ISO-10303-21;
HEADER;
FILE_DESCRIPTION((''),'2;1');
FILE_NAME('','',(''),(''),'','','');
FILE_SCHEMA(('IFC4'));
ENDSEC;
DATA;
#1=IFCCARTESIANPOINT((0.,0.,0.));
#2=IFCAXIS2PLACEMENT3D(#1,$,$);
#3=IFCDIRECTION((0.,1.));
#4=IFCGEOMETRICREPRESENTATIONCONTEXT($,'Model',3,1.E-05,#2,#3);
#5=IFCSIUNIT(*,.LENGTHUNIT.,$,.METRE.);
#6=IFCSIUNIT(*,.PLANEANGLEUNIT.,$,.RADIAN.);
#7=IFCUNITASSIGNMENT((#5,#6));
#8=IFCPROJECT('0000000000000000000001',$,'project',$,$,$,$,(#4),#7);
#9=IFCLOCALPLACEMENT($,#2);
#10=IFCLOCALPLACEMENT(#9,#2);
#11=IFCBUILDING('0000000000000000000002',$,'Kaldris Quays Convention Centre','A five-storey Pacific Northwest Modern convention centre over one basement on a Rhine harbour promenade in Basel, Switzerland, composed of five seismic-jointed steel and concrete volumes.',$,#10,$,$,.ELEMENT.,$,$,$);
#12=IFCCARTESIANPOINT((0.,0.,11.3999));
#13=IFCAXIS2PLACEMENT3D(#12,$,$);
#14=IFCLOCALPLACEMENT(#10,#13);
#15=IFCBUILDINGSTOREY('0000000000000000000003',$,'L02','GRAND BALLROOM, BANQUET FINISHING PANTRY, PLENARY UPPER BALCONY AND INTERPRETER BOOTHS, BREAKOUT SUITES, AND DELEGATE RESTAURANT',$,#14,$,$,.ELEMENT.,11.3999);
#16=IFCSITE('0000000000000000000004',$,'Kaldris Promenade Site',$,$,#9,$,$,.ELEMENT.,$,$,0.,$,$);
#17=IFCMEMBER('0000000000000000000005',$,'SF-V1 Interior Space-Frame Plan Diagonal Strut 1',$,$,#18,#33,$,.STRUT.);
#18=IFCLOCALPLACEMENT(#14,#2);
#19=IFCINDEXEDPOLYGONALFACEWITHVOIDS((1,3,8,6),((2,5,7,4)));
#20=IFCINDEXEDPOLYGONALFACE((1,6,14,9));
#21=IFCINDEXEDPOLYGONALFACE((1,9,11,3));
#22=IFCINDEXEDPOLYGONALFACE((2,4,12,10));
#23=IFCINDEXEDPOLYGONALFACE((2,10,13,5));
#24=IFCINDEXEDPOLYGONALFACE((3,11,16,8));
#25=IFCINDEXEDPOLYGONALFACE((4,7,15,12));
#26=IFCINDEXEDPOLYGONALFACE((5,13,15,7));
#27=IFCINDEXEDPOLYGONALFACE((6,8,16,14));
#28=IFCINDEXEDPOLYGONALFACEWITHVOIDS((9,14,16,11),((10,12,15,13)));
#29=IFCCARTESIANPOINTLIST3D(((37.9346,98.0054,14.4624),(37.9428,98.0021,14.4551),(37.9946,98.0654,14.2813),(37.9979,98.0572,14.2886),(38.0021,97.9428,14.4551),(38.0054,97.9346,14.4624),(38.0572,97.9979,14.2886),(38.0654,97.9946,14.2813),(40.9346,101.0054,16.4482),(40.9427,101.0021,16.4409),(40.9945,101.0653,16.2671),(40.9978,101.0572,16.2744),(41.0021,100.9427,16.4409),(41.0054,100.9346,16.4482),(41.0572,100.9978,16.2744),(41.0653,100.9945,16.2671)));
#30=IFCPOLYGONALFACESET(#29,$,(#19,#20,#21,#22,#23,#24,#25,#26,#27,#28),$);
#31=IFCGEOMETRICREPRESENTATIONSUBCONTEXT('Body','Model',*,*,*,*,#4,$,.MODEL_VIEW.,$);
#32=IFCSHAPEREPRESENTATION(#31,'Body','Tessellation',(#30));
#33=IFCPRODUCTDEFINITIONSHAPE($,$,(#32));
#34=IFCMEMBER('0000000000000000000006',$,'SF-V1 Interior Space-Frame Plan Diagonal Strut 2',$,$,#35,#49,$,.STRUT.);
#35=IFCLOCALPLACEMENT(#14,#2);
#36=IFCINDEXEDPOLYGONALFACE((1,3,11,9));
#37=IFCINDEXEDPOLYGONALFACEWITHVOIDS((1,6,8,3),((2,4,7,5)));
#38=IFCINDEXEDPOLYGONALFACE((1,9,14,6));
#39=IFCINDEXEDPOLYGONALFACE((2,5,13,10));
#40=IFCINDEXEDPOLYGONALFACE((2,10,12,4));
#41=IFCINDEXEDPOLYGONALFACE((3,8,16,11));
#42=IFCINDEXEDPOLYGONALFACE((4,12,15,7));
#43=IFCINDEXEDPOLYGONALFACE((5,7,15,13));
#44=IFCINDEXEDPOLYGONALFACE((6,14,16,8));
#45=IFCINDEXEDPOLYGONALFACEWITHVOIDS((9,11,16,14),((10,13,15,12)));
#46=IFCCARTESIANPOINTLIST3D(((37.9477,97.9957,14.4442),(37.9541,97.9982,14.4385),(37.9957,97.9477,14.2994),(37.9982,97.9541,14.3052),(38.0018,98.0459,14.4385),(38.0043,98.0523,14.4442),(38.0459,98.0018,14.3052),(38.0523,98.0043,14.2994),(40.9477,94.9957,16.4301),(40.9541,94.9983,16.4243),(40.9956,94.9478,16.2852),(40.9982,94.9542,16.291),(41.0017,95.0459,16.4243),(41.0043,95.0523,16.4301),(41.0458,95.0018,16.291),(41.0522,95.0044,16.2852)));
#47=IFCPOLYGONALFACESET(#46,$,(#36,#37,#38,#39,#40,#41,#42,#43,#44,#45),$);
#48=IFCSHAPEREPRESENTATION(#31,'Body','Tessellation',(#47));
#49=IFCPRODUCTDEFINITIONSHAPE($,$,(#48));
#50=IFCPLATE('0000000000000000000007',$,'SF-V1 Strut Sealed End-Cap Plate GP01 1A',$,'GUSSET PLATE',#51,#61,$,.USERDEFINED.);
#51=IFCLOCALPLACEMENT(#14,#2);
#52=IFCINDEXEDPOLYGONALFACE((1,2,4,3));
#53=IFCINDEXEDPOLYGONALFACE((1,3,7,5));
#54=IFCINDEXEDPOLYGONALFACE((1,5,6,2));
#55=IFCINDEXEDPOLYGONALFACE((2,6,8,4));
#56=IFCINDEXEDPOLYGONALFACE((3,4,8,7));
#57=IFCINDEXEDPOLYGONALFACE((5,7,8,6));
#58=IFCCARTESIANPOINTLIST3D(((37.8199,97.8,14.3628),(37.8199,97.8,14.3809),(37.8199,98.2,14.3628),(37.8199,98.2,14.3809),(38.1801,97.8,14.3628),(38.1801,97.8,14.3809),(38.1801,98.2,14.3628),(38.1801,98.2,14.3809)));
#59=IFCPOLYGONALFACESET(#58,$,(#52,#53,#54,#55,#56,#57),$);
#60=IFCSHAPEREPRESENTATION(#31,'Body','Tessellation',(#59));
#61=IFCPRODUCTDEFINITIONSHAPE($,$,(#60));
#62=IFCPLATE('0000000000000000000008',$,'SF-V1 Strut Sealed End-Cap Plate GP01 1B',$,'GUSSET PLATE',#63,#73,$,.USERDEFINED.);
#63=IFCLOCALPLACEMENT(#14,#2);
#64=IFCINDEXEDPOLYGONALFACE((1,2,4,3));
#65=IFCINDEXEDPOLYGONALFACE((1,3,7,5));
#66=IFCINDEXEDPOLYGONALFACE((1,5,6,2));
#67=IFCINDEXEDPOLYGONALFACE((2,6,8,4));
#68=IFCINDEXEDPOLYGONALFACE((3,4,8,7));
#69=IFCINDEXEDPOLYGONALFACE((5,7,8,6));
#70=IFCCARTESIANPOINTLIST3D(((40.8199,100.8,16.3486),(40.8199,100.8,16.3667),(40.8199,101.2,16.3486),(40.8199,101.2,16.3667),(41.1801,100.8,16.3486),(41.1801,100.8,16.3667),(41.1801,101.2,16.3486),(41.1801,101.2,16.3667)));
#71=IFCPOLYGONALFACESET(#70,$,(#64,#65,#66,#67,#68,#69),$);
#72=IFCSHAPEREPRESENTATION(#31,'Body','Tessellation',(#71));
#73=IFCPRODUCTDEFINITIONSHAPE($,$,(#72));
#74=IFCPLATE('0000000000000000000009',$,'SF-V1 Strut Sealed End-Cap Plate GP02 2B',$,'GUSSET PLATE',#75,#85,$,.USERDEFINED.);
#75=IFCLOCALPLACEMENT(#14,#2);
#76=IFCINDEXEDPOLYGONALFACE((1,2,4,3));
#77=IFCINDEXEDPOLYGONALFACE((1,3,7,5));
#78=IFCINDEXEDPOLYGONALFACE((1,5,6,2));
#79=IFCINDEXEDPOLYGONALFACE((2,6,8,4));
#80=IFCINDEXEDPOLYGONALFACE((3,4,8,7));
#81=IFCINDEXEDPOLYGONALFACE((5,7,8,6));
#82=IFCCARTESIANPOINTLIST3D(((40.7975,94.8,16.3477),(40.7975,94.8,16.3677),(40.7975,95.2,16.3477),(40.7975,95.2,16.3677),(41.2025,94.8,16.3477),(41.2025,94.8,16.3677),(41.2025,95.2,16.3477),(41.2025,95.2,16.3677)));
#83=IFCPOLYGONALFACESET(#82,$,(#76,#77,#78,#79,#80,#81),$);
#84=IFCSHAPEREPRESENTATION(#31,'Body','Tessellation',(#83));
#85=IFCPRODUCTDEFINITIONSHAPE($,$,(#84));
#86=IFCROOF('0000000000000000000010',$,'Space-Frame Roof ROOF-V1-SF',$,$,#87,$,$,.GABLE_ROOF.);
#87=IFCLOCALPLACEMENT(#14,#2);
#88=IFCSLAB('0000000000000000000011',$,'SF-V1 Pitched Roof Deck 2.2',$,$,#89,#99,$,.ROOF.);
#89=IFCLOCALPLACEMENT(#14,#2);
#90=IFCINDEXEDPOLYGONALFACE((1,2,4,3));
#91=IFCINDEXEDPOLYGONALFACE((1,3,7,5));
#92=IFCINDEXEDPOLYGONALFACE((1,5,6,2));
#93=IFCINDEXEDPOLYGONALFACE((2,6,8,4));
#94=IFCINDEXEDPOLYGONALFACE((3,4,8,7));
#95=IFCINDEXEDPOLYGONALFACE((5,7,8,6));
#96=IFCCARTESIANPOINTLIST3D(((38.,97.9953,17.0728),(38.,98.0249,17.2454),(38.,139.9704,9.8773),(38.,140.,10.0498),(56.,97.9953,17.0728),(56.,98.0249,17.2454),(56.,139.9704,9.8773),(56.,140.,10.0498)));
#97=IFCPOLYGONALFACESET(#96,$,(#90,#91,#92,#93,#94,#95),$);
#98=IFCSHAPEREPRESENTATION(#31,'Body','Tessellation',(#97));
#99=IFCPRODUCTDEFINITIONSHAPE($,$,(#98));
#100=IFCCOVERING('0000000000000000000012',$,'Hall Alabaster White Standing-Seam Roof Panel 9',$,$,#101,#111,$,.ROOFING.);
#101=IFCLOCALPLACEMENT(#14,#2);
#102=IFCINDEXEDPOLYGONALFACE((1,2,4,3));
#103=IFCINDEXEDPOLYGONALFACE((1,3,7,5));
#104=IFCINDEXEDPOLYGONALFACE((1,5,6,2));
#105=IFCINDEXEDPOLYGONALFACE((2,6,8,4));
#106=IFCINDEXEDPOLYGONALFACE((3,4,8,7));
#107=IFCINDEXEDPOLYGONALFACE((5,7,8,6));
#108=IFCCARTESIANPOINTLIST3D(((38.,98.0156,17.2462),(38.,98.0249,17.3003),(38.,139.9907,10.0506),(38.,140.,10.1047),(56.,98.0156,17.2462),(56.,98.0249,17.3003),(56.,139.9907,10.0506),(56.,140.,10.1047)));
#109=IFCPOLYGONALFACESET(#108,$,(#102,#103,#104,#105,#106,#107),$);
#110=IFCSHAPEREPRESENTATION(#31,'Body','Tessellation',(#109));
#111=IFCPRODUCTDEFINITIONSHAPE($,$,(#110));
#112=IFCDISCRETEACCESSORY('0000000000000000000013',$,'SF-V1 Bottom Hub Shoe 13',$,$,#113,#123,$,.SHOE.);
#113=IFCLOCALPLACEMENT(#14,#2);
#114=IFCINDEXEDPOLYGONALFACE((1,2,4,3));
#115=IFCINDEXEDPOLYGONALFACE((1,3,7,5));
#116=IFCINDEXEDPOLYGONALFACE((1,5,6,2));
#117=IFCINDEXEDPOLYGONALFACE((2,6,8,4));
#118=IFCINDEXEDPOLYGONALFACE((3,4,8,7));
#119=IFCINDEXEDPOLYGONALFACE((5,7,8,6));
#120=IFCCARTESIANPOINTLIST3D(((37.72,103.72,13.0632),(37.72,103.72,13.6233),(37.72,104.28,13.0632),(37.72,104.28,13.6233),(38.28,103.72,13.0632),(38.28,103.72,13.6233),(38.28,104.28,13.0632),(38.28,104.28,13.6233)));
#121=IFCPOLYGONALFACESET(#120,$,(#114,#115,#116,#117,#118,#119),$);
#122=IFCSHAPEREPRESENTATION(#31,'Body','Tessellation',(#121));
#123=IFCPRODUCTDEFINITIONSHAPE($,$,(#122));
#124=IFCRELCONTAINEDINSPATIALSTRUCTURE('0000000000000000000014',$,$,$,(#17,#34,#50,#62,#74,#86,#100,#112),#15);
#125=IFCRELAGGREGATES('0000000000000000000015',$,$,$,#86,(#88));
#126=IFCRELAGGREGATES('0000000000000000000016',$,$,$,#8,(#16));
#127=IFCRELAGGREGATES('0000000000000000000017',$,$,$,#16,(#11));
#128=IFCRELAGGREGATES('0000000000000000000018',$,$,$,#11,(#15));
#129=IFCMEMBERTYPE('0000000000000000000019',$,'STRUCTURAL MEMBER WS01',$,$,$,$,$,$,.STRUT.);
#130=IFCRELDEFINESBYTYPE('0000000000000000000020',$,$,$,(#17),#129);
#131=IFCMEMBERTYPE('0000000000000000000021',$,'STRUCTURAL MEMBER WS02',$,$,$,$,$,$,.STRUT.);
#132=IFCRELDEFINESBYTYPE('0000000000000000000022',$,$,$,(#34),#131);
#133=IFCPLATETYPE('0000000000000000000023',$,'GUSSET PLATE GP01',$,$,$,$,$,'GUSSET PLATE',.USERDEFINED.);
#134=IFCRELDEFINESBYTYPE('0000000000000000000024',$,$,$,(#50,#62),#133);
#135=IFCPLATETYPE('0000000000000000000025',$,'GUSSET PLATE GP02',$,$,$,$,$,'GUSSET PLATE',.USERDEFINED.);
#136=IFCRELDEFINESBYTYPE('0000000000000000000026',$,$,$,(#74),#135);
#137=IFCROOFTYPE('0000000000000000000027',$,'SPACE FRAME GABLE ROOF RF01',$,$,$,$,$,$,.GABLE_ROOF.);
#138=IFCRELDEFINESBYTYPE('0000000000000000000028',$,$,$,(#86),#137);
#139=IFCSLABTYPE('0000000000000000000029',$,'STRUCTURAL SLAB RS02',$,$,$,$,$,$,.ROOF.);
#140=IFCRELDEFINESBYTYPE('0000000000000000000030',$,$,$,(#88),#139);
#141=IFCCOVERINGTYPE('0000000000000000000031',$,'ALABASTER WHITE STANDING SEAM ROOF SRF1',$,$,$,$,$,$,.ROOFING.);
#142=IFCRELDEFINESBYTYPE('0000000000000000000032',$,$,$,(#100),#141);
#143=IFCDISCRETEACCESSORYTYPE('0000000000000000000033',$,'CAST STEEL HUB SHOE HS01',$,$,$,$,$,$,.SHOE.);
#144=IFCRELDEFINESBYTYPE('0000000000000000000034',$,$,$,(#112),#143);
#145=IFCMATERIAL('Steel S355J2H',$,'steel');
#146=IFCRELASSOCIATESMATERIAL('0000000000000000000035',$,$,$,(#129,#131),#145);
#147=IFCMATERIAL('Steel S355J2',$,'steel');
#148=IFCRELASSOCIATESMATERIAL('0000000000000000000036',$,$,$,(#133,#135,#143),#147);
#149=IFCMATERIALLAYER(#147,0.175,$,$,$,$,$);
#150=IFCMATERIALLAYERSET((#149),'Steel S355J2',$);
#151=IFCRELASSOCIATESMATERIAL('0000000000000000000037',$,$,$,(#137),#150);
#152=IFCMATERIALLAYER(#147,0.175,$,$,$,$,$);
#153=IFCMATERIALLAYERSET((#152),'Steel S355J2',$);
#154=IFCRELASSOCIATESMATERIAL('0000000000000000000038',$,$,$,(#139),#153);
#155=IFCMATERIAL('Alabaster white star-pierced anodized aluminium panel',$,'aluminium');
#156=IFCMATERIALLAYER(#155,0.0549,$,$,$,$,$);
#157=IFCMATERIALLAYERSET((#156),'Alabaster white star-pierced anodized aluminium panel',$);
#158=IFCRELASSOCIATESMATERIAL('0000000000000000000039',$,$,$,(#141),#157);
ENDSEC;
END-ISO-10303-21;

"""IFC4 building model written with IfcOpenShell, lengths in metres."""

from ifc_helpers import new_model, si_unit, direction, frame, origin, origin_2d, place, context, subcontext, project, spatial, polyline, rectangle, hollow_rectangle, outline, extrude, material, layer, layer_set, material_profile, profile_set, type_object, element, aggregate, save


model = new_model("IFC4")

# Units and contexts
model_context = context("Model", 3, precision=1e-05, world=origin(), true_north=direction((0.0, 1.0)))
body_context = subcontext(model_context, "Body", "Model", "MODEL_VIEW")
ifc_project = project(units=[si_unit("LENGTHUNIT", "METRE"), si_unit("PLANEANGLEUNIT", "RADIAN")], contexts=[model_context])

# Site, building, storey
site_placement = place(None, origin())
site = spatial("IfcSite", under=ifc_project, at=site_placement, Name="Kaldris Promenade Site", CompositionType="ELEMENT", RefElevation=0.0)
building_placement = place(site_placement, origin())
building = spatial("IfcBuilding", under=site, at=building_placement, Name="Kaldris Quays Convention Centre", Description="A five-storey Pacific Northwest Modern convention centre over one basement on a Rhine harbour promenade in Basel, Switzerland, composed of five seismic-jointed steel and concrete volumes.", CompositionType="ELEMENT")
storey_placement = place(building_placement, frame((0.0, 0.0, 11.3999)))
storey = spatial("IfcBuildingStorey", under=building, at=storey_placement, Name="L02", Description="GRAND BALLROOM, BANQUET FINISHING PANTRY, PLENARY UPPER BALCONY AND INTERPRETER BOOTHS, BREAKOUT SUITES, AND DELEGATE RESTAURANT", CompositionType="ELEMENT", Elevation=11.3999)

# Members
ifc_material_1 = material(Name="Steel S355J2H", Category="steel")
ifc_material_profile_1 = material_profile(ifc_material_1, hollow_rectangle(XDim=0.1001, YDim=0.2, WallThickness=0.0081, at=origin_2d()), Name="RHS 200x100x8")
ifc_profile_set_1 = profile_set([ifc_material_profile_1], Name="Steel S355J2H")
member_type_1 = type_object("IfcMemberType", Name="STRUCTURAL MEMBER WS01", PredefinedType="STRUT", material=ifc_profile_set_1)
member_1_placement = place(storey_placement, frame((38.0, 98.0, 14.3718), z_axis=(0.640424, 0.640424, 0.423927), x_axis=(-0.707107, 0.707107, 0.0)))
element("IfcMember", 1, at=member_1_placement, inside=storey, type_object=member_type_1, Name="SF-V1 Interior Space-Frame Plan Diagonal Strut 1", PredefinedType="STRUT", context=body_context, shape_type="SweptSolid", body=[
    extrude(hollow_rectangle(XDim=0.1001, YDim=0.2, WallThickness=0.0081, at=origin_2d()), origin(), (0.0, 0.0, 1.0), 4.6843),
])
ifc_material_profile_2 = material_profile(ifc_material_1, hollow_rectangle(XDim=0.0801, YDim=0.1599, WallThickness=0.0063, at=origin_2d()), Name="RHS 160x80x6.3")
ifc_profile_set_2 = profile_set([ifc_material_profile_2], Name="Steel S355J2H")
member_type_2 = type_object("IfcMemberType", Name="STRUCTURAL MEMBER WS02", PredefinedType="STRUT", material=ifc_profile_set_2)
member_2_placement = place(storey_placement, frame((38.0, 98.0, 14.3718), z_axis=(0.640424, -0.640424, 0.423927), x_axis=(0.707107, 0.707107, 0.0)))
element("IfcMember", 2, at=member_2_placement, inside=storey, type_object=member_type_2, Name="SF-V1 Interior Space-Frame Plan Diagonal Strut 2", PredefinedType="STRUT", context=body_context, shape_type="SweptSolid", body=[
    extrude(hollow_rectangle(XDim=0.0801, YDim=0.1599, WallThickness=0.0063, at=origin_2d()), origin(), (0.0, 0.0, 1.0), 4.6843),
])

# Plates
ifc_material_2 = material(Name="Steel S355J2", Category="steel")
plate_type_1 = type_object("IfcPlateType", Name="GUSSET PLATE GP01", ElementType="GUSSET PLATE", PredefinedType="USERDEFINED", material=ifc_material_2)
for number, where, z_axis, x_axis, name in (
    (3, (38.0, 98.0, 14.3628), (0.0, 0.0, 1.0), (1.0, 0.0, 0.0), "SF-V1 Strut Sealed End-Cap Plate GP01 1A"),
    (4, (41.0, 101.0, 16.3486), (0.0, 0.0, 1.0), (1.0, 0.0, 0.0), "SF-V1 Strut Sealed End-Cap Plate GP01 1B"),
):
    element("IfcPlate", number, at=place(storey_placement, frame(where, z_axis=z_axis, x_axis=x_axis)), inside=storey, type_object=plate_type_1, Name=name, ObjectType="GUSSET PLATE", PredefinedType="USERDEFINED", context=body_context, shape_type="SweptSolid", body=[
        extrude(rectangle(XDim=0.3601, YDim=0.3999, at=origin_2d()), origin(), (0.0, 0.0, 1.0), 0.0181),
    ])
plate_type_2 = type_object("IfcPlateType", Name="GUSSET PLATE GP02", ElementType="GUSSET PLATE", PredefinedType="USERDEFINED", material=ifc_material_2)
plate_placement = place(storey_placement, frame((41.0, 95.0, 16.3477), z_axis=(0.0, 0.0, 1.0), x_axis=(1.0, 0.0, 0.0)))
element("IfcPlate", 5, at=plate_placement, inside=storey, type_object=plate_type_2, Name="SF-V1 Strut Sealed End-Cap Plate GP02 2B", ObjectType="GUSSET PLATE", PredefinedType="USERDEFINED", context=body_context, shape_type="SweptSolid", body=[
    extrude(rectangle(XDim=0.405, YDim=0.3999, at=origin_2d()), origin(), (0.0, 0.0, 1.0), 0.02),
])

# Roof, slab
ifc_layer_1 = layer(ifc_material_2, 0.175)
ifc_layer_set_1 = layer_set([ifc_layer_1], Name="Steel S355J2")
roof_type = type_object("IfcRoofType", Name="SPACE FRAME GABLE ROOF RF01", PredefinedType="GABLE_ROOF", material=ifc_layer_set_1)
roof_placement = place(storey_placement, origin())
roof = element("IfcRoof", 6, at=roof_placement, inside=storey, type_object=roof_type, Name="Space-Frame Roof ROOF-V1-SF", PredefinedType="GABLE_ROOF")
ifc_layer_2 = layer(ifc_material_2, 0.175)
ifc_layer_set_2 = layer_set([ifc_layer_2], Name="Steel S355J2")
slab_type = type_object("IfcSlabType", Name="STRUCTURAL SLAB RS02", PredefinedType="ROOF", material=ifc_layer_set_2)
slab_placement = place(storey_placement, frame((38.0, 98.0249, 17.2454), z_axis=(0.0, 0.16896, 0.985623), x_axis=(1.0, 0.0, 0.0)))
slab = element("IfcSlab", 7, at=slab_placement, type_object=slab_type, Name="SF-V1 Pitched Roof Deck 2.2", PredefinedType="ROOF", context=body_context, shape_type="SweptSolid", body=[
    extrude(outline(polyline([(0.0, 0.0), (18.0, 0.0), (18.0, 42.5874), (0.0, 42.5874), (0.0, 0.0)])), origin(), (0.0, 0.0, -1.0), 0.175),
])
aggregate(roof, [slab])

# Covering
ifc_material_3 = material(Name="Alabaster white star-pierced anodized aluminium panel", Category="aluminium")
ifc_layer_3 = layer(ifc_material_3, 0.0549)
ifc_layer_set_3 = layer_set([ifc_layer_3], Name="Alabaster white star-pierced anodized aluminium panel")
covering_type = type_object("IfcCoveringType", Name="ALABASTER WHITE STANDING SEAM ROOF SRF1", PredefinedType="ROOFING", material=ifc_layer_set_3)
covering_placement = place(storey_placement, frame((38.0, 98.0249, 17.3003), z_axis=(0.0, 0.16896, 0.985623), x_axis=(1.0, 0.0, 0.0)))
element("IfcCovering", 8, at=covering_placement, inside=storey, type_object=covering_type, Name="Hall Alabaster White Standing-Seam Roof Panel 9", PredefinedType="ROOFING", context=body_context, shape_type="SweptSolid", body=[
    extrude(outline(polyline([(0.0, 0.0), (18.0, 0.0), (18.0, 42.5874), (0.0, 42.5874), (0.0, 0.0)])), origin(), (0.0, 0.0, -1.0), 0.0549),
])

# Discrete accessory
discrete_accessory_type = type_object("IfcDiscreteAccessoryType", Name="CAST STEEL HUB SHOE HS01", PredefinedType="SHOE", material=ifc_material_2)
discrete_accessory_placement = place(storey_placement, frame((38.0, 104.0, 13.0632), z_axis=(0.0, 0.0, 1.0), x_axis=(1.0, 0.0, 0.0)))
element("IfcDiscreteAccessory", 9, at=discrete_accessory_placement, inside=storey, type_object=discrete_accessory_type, Name="SF-V1 Bottom Hub Shoe 13", PredefinedType="SHOE", context=body_context, shape_type="SweptSolid", body=[
    extrude(rectangle(XDim=0.5601, YDim=0.5601, at=origin_2d()), origin(), (0.0, 0.0, 1.0), 0.5601),
])

save(model, "model.ifc")
